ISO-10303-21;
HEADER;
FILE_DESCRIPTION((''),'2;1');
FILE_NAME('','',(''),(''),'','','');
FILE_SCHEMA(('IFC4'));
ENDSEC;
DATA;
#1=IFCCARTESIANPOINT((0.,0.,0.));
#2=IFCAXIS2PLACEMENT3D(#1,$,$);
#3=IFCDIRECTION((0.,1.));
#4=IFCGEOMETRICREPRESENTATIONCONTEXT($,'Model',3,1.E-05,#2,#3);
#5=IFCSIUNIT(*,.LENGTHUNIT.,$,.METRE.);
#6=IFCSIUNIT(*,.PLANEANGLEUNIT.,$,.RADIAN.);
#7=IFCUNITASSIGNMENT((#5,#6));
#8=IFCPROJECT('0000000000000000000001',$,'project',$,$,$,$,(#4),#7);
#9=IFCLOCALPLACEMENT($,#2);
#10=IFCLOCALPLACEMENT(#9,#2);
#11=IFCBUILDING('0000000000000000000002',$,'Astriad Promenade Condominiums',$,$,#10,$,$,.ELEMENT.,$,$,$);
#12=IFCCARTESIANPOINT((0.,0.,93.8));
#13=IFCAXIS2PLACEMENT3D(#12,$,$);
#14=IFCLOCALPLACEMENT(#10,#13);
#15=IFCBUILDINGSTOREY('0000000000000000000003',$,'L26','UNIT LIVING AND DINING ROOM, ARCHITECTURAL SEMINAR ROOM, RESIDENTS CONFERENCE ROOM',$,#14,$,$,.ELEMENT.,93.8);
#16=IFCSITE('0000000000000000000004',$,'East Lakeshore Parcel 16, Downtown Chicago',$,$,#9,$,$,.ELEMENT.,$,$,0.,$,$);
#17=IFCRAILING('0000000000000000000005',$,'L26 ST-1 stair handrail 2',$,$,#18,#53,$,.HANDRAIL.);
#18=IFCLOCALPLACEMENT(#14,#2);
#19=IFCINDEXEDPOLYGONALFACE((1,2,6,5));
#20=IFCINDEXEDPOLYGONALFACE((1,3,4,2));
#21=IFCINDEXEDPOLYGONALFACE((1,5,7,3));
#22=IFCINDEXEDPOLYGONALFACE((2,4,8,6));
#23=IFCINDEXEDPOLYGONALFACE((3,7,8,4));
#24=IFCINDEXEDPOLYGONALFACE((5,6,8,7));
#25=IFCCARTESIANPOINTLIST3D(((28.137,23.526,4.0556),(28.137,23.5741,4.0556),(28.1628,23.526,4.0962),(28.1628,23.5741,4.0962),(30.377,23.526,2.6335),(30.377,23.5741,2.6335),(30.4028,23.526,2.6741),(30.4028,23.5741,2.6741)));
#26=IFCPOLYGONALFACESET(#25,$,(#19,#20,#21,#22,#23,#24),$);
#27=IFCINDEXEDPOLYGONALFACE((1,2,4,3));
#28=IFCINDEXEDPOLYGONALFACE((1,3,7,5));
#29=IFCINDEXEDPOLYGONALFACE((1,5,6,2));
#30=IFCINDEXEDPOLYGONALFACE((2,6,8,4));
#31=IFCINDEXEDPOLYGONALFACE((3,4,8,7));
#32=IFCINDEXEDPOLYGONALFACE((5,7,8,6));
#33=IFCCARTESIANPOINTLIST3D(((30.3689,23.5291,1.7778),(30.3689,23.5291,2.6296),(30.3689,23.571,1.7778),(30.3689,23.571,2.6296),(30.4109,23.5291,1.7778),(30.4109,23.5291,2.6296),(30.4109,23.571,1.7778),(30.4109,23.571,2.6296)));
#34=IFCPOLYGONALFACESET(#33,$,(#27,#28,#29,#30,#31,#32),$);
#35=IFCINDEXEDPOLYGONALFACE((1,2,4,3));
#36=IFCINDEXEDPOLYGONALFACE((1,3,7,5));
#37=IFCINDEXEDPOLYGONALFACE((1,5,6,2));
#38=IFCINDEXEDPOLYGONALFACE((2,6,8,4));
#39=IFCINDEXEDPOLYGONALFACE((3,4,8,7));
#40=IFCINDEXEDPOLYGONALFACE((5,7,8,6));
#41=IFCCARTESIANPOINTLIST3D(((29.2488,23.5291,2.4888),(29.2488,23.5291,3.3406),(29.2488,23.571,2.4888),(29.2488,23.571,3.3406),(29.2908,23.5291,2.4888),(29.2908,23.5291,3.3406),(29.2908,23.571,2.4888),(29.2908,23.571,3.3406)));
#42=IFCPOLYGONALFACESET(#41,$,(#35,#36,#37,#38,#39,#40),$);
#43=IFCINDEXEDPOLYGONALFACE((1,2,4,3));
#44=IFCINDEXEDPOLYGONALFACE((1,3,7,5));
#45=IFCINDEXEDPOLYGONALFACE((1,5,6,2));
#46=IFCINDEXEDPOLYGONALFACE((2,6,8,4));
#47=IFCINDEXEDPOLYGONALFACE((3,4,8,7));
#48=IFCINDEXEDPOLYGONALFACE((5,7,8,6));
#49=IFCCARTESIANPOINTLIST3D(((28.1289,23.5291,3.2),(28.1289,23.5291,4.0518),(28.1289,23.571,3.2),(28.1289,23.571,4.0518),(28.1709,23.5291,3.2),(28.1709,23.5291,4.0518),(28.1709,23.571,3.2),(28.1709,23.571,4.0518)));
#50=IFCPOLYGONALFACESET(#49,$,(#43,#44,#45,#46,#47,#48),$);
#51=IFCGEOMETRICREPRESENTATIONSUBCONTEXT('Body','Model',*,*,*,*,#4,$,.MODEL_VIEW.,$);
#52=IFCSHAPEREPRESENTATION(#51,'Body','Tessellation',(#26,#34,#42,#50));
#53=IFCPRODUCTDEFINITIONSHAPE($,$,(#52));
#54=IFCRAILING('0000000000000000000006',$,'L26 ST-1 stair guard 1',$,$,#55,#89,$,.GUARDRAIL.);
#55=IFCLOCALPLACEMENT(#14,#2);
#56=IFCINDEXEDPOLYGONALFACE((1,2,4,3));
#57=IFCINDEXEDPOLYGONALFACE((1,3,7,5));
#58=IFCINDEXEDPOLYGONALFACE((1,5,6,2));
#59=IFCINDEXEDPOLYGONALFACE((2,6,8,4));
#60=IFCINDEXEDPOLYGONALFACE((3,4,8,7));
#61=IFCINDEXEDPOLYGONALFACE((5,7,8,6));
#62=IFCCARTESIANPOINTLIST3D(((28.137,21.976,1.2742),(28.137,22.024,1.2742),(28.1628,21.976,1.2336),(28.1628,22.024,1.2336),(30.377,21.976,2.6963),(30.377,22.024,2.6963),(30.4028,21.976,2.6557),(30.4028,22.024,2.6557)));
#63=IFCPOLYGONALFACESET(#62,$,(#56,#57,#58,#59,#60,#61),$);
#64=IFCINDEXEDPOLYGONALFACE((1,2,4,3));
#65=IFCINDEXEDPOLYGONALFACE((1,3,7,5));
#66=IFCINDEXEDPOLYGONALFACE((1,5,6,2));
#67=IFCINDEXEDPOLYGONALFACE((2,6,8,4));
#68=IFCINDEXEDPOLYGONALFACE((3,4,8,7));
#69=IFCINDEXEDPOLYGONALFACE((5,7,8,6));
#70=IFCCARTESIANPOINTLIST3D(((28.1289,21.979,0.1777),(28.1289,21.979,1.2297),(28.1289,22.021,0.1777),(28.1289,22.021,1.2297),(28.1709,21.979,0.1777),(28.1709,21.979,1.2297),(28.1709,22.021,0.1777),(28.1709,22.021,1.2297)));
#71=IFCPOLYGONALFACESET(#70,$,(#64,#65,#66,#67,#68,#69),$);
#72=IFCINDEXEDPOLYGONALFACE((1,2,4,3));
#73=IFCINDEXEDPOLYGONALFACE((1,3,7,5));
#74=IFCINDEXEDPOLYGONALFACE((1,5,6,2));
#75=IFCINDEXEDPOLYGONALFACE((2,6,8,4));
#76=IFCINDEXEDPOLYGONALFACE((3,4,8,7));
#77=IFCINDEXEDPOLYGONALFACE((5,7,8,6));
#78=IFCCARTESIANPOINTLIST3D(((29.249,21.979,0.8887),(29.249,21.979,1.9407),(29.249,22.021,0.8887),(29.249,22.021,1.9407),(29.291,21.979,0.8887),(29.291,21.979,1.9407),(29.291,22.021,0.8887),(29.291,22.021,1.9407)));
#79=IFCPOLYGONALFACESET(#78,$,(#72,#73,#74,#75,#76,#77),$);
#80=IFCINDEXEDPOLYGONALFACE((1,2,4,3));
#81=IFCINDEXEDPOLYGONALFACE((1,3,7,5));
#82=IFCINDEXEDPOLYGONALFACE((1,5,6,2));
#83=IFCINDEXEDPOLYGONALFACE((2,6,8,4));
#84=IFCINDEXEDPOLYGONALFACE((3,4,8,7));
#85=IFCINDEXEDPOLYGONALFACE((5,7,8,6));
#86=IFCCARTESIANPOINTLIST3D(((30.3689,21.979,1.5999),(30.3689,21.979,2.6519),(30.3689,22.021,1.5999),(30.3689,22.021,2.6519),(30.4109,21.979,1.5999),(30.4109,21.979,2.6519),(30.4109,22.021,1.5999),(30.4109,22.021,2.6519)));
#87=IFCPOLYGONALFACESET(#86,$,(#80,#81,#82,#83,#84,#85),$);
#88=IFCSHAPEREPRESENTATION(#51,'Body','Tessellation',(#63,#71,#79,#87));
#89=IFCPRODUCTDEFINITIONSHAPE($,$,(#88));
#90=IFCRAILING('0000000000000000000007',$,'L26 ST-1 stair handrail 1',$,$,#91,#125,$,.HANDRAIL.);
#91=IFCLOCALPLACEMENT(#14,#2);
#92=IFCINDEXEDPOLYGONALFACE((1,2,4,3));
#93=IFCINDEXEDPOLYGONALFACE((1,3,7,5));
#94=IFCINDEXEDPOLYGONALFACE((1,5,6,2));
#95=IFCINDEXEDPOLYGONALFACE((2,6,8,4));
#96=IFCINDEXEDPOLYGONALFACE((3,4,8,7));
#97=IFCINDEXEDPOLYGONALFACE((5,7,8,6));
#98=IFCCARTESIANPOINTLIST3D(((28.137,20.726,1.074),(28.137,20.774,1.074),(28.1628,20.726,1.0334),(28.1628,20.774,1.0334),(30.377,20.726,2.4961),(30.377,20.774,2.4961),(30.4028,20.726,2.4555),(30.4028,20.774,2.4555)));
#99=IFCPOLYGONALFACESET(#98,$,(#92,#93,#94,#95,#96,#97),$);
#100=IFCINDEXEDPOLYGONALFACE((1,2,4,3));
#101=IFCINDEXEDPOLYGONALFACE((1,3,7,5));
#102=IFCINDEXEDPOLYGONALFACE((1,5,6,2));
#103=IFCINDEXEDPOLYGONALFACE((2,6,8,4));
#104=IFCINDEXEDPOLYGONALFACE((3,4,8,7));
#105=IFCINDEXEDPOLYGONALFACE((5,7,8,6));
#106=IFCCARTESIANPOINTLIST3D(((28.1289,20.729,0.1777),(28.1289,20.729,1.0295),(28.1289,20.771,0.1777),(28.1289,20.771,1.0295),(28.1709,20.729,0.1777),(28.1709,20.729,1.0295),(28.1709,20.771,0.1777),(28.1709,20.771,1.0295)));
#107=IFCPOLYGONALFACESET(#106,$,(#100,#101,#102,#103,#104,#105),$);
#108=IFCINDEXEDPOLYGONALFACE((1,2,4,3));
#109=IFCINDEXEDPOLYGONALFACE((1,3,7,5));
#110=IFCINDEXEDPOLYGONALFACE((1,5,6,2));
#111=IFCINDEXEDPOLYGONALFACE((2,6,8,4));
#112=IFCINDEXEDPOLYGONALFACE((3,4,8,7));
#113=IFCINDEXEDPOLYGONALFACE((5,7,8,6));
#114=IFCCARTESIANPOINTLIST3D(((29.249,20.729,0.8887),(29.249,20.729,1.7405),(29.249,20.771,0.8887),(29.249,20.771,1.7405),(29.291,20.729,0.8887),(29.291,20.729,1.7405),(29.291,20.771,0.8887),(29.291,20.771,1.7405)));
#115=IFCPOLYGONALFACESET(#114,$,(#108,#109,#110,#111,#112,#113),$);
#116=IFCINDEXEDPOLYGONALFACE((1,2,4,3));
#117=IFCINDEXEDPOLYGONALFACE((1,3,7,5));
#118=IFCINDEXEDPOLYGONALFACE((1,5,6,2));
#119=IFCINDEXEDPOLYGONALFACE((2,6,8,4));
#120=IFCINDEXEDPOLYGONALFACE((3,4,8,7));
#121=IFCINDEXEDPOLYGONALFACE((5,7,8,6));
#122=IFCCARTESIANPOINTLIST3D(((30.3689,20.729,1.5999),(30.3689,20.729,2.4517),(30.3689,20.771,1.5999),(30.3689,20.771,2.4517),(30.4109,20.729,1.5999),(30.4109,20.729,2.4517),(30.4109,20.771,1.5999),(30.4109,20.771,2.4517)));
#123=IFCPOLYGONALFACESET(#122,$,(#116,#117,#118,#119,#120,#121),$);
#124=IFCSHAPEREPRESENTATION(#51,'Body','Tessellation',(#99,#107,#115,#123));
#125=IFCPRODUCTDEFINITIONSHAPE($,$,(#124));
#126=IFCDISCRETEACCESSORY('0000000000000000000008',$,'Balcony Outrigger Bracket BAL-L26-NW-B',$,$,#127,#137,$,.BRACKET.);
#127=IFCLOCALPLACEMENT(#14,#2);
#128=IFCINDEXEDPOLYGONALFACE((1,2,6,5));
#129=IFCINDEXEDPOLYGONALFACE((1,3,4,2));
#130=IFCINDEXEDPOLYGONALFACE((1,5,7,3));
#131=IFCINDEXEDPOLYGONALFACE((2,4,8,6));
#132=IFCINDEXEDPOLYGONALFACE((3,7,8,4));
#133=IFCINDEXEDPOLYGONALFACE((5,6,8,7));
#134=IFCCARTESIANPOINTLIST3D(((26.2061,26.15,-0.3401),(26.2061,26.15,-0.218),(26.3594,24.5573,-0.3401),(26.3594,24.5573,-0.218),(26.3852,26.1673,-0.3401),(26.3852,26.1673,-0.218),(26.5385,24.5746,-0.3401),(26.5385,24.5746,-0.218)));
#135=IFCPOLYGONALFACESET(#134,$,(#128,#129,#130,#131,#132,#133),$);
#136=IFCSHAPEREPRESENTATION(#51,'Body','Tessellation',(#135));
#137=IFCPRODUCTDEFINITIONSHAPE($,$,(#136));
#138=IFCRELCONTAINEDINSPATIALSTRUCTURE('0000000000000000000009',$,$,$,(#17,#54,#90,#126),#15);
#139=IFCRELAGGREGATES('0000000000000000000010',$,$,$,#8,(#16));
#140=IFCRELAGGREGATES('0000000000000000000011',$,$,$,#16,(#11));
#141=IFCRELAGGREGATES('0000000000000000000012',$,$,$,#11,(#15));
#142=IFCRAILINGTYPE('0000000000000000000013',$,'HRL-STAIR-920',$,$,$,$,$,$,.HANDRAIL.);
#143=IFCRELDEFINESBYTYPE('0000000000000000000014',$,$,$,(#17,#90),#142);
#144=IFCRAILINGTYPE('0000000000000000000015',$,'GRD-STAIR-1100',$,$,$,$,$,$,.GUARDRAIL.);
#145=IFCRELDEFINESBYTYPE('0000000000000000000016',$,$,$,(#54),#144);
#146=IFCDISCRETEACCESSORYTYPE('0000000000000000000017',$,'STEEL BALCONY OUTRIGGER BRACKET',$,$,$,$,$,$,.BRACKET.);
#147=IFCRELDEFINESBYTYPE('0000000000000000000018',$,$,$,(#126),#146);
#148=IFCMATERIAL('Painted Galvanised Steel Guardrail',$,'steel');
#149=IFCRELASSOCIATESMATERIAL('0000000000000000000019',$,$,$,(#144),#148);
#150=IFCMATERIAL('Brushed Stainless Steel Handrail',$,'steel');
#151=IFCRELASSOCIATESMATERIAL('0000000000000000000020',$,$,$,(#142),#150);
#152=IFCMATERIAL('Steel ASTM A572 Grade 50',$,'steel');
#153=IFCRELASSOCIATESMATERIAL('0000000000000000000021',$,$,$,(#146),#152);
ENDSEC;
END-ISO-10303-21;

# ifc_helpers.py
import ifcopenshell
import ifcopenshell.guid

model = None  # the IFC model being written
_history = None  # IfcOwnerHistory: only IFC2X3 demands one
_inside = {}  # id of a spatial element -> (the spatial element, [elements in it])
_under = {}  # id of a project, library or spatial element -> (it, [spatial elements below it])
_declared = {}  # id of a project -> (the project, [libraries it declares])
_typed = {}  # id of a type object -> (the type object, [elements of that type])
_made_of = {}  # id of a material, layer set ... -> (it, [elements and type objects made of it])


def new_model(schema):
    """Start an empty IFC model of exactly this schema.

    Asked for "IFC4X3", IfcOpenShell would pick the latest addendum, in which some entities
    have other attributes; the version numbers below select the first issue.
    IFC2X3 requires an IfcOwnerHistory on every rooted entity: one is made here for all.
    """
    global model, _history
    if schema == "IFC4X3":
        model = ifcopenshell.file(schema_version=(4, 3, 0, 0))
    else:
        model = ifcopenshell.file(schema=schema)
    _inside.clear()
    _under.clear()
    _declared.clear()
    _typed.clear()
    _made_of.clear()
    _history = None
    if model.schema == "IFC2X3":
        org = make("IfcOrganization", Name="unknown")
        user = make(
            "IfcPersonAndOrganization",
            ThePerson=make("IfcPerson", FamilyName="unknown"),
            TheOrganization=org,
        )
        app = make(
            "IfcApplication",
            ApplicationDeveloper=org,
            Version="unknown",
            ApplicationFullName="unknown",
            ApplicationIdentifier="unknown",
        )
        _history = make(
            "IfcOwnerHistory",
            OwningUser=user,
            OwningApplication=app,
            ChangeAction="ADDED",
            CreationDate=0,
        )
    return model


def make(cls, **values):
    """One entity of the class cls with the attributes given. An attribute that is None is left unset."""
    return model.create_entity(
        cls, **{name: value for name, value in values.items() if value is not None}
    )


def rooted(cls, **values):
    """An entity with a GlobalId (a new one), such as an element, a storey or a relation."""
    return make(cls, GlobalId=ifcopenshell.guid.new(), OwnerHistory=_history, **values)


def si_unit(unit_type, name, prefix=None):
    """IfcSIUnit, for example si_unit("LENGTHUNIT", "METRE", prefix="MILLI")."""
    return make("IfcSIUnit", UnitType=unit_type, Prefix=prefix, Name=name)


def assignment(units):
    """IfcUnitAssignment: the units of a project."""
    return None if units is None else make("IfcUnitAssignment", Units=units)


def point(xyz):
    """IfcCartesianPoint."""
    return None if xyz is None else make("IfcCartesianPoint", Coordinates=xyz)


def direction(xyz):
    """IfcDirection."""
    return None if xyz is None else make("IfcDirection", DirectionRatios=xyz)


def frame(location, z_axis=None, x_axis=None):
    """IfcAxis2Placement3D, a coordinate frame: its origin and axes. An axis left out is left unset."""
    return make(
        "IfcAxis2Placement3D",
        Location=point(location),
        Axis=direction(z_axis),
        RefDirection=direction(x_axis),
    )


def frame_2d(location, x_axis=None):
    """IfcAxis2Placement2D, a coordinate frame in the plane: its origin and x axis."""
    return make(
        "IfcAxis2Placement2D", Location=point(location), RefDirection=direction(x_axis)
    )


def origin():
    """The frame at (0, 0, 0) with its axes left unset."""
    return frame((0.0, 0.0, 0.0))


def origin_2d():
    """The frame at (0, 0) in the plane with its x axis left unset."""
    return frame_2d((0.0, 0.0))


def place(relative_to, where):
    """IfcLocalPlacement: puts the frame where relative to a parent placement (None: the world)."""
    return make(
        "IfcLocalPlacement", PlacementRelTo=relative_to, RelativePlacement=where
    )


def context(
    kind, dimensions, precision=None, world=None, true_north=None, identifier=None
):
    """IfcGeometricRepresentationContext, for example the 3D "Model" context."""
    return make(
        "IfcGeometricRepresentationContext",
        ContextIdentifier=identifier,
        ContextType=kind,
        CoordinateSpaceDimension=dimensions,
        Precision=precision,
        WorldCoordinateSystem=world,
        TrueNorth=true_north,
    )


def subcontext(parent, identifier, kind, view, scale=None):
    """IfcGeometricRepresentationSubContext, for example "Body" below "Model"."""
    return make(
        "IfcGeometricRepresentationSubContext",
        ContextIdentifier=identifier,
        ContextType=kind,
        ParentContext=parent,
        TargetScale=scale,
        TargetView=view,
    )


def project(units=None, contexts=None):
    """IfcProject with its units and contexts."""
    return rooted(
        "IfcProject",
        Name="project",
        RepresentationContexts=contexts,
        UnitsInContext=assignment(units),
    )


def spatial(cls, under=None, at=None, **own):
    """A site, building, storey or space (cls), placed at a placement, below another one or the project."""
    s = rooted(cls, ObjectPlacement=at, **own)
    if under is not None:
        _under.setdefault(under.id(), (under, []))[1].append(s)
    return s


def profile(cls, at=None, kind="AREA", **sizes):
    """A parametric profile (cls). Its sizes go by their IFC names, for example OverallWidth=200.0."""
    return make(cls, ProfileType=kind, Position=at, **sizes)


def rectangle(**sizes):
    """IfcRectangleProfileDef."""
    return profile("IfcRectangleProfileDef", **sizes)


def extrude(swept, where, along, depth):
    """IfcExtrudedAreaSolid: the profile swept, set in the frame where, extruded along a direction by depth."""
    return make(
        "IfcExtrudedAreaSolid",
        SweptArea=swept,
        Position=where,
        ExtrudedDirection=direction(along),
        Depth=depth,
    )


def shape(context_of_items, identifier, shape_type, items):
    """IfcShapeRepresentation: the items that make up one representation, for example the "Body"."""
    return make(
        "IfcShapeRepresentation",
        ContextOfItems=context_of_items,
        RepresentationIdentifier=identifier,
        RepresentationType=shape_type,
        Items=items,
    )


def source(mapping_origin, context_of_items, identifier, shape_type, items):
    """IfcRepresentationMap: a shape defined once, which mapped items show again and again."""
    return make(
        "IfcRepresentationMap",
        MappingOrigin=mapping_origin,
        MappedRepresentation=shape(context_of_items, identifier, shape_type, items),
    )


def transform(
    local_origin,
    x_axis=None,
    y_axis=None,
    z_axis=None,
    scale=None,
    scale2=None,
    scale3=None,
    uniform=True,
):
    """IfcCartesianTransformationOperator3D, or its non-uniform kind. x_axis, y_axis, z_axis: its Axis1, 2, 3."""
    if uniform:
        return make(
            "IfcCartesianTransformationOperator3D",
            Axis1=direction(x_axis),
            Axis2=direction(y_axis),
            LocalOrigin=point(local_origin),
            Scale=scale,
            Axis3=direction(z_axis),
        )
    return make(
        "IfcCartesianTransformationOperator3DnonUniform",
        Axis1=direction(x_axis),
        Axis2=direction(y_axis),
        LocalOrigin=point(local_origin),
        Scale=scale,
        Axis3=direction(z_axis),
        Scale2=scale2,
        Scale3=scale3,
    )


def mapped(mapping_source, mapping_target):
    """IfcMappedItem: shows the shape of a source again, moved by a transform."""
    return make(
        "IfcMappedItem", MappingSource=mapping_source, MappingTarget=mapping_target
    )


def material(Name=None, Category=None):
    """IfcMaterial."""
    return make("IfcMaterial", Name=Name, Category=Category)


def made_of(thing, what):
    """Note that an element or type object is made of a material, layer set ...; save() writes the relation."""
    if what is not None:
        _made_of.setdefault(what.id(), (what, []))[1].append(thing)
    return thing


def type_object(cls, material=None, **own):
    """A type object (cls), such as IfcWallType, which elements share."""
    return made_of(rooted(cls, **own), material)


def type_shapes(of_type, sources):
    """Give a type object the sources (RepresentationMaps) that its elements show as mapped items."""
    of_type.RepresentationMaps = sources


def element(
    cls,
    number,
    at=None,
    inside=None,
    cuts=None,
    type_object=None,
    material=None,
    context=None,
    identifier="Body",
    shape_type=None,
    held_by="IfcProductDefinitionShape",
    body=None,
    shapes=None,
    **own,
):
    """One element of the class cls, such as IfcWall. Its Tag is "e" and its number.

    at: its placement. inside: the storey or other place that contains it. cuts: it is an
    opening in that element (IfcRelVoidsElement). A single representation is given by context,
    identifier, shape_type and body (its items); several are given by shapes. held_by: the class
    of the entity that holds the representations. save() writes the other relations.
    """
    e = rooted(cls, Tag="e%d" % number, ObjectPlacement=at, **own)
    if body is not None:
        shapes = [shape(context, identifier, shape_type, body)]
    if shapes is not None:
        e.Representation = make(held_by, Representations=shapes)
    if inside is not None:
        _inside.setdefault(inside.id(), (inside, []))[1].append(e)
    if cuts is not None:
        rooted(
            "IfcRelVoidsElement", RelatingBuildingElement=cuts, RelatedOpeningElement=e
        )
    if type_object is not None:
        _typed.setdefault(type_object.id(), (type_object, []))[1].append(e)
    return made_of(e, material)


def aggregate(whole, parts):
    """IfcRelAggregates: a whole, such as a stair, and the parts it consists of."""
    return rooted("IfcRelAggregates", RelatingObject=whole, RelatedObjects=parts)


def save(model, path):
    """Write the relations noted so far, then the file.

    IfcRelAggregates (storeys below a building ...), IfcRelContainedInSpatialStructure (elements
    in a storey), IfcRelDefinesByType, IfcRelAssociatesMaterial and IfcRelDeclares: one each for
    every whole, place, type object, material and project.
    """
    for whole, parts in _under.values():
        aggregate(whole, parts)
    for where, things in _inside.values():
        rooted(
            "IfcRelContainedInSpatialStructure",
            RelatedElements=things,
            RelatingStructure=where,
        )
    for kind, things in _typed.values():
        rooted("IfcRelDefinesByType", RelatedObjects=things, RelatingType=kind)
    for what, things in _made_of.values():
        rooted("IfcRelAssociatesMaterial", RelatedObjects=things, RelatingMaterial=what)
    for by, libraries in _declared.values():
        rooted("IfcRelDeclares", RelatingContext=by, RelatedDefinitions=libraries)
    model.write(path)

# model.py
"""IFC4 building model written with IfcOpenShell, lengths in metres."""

from ifc_helpers import new_model, si_unit, direction, frame, origin, origin_2d, place, context, subcontext, project, spatial, rectangle, extrude, source, transform, mapped, material, type_object, type_shapes, element, save


model = new_model("IFC4")

# Units and contexts
model_context = context("Model", 3, precision=1e-05, world=origin(), true_north=direction((0.0, 1.0)))
body_context = subcontext(model_context, "Body", "Model", "MODEL_VIEW")
ifc_project = project(units=[si_unit("LENGTHUNIT", "METRE"), si_unit("PLANEANGLEUNIT", "RADIAN")], contexts=[model_context])

# Site, building, storey
site_placement = place(None, origin())
site = spatial("IfcSite", under=ifc_project, at=site_placement, Name="East Lakeshore Parcel 16, Downtown Chicago", CompositionType="ELEMENT", RefElevation=0.0)
building_placement = place(site_placement, origin())
building = spatial("IfcBuilding", under=site, at=building_placement, Name="Astriad Promenade Condominiums", CompositionType="ELEMENT")
storey_placement = place(building_placement, frame((0.0, 0.0, 93.8)))
storey = spatial("IfcBuildingStorey", under=building, at=storey_placement, Name="L26", Description="UNIT LIVING AND DINING ROOM, ARCHITECTURAL SEMINAR ROOM, RESIDENTS CONFERENCE ROOM", CompositionType="ELEMENT", Elevation=93.8)

# Railings
ifc_material_1 = material(Name="Painted Galvanised Steel Guardrail", Category="steel")
railing_type_1 = type_object("IfcRailingType", Name="GRD-STAIR-1100", PredefinedType="GUARDRAIL", material=ifc_material_1)
ifc_material_2 = material(Name="Brushed Stainless Steel Handrail", Category="steel")
railing_type_2 = type_object("IfcRailingType", Name="HRL-STAIR-920", PredefinedType="HANDRAIL", material=ifc_material_2)
shared_shape_1 = source(origin(), body_context, "Body", "SweptSolid", [
    extrude(rectangle(XDim=0.0481, YDim=0.0481, at=origin_2d()), frame((0.0, 0.0, 0.876), z_axis=(-0.844229, 0.0, 0.535982), x_axis=(0.0, -1.0, 0.0)), (0.0, 0.0, 1.0), 2.6533),
    extrude(rectangle(XDim=0.042, YDim=0.042, at=origin_2d()), origin(), (0.0, 0.0, 1.0), 0.8518),
    extrude(rectangle(XDim=0.042, YDim=0.042, at=origin_2d()), frame((-1.1201, 0.0, 0.7109)), (0.0, 0.0, 1.0), 0.8518),
    extrude(rectangle(XDim=0.042, YDim=0.042, at=origin_2d()), frame((-2.24, 0.0, 1.4221)), (0.0, 0.0, 1.0), 0.8518),
])
railing_1_placement = place(storey_placement, frame((30.3899, 23.55, 1.7778)))
element("IfcRailing", 1, at=railing_1_placement, inside=storey, type_object=railing_type_2, Name="L26 ST-1 stair handrail 2", PredefinedType="HANDRAIL", context=body_context, shape_type="MappedRepresentation", body=[
    mapped(shared_shape_1, transform((0.0, 0.0, 0.0), scale=1.0)),
])
shared_shape_2 = source(origin(), body_context, "Body", "SweptSolid", [
    extrude(rectangle(XDim=0.0481, YDim=0.0481, at=origin_2d()), frame((0.0, 0.0, 1.0762), z_axis=(0.844229, 0.0, 0.535982), x_axis=(0.0, 1.0, 0.0)), (0.0, 0.0, 1.0), 2.6533),
    extrude(rectangle(XDim=0.042, YDim=0.042, at=origin_2d()), origin(), (0.0, 0.0, 1.0), 1.052),
    extrude(rectangle(XDim=0.042, YDim=0.042, at=origin_2d()), frame((1.1201, 0.0, 0.7109)), (0.0, 0.0, 1.0), 1.052),
    extrude(rectangle(XDim=0.042, YDim=0.042, at=origin_2d()), frame((2.24, 0.0, 1.4221)), (0.0, 0.0, 1.0), 1.052),
])
railing_2_placement = place(storey_placement, frame((28.1499, 22.0, 0.1777)))
element("IfcRailing", 2, at=railing_2_placement, inside=storey, type_object=railing_type_1, Name="L26 ST-1 stair guard 1", PredefinedType="GUARDRAIL", context=body_context, shape_type="MappedRepresentation", body=[
    mapped(shared_shape_2, transform((0.0, 0.0, 0.0), scale=1.0)),
])
shared_shape_3 = source(origin(), body_context, "Body", "SweptSolid", [
    extrude(rectangle(XDim=0.0481, YDim=0.0481, at=origin_2d()), frame((0.0, 0.0, 0.876), z_axis=(0.844229, 0.0, 0.535982), x_axis=(0.0, 1.0, 0.0)), (0.0, 0.0, 1.0), 2.6533),
    extrude(rectangle(XDim=0.042, YDim=0.042, at=origin_2d()), origin(), (0.0, 0.0, 1.0), 0.8518),
    extrude(rectangle(XDim=0.042, YDim=0.042, at=origin_2d()), frame((1.1201, 0.0, 0.7109)), (0.0, 0.0, 1.0), 0.8518),
    extrude(rectangle(XDim=0.042, YDim=0.042, at=origin_2d()), frame((2.24, 0.0, 1.4221)), (0.0, 0.0, 1.0), 0.8518),
])
type_shapes(railing_type_2, [shared_shape_1, shared_shape_3])
railing_3_placement = place(storey_placement, frame((28.1499, 20.75, 0.1777)))
element("IfcRailing", 3, at=railing_3_placement, inside=storey, type_object=railing_type_2, Name="L26 ST-1 stair handrail 1", PredefinedType="HANDRAIL", context=body_context, shape_type="MappedRepresentation", body=[
    mapped(shared_shape_3, transform((0.0, 0.0, 0.0), scale=1.0)),
])

# Discrete accessory
ifc_material_3 = material(Name="Steel ASTM A572 Grade 50", Category="steel")
discrete_accessory_type = type_object("IfcDiscreteAccessoryType", Name="STEEL BALCONY OUTRIGGER BRACKET", PredefinedType="BRACKET", material=ifc_material_3)
shared_shape_4 = source(origin(), body_context, "Body", "SweptSolid", [
    extrude(rectangle(XDim=1.6001, YDim=0.1799, at=origin_2d()), origin(), (0.0, 0.0, 1.0), 0.1221),
])
type_shapes(discrete_accessory_type, [shared_shape_4])
discrete_accessory_placement = place(storey_placement, frame((26.3723, 25.3623, -0.3401), z_axis=(0.0, 0.0, 1.0), x_axis=(-0.095846, 0.995396, 0.0)))
element("IfcDiscreteAccessory", 4, at=discrete_accessory_placement, inside=storey, type_object=discrete_accessory_type, Name="Balcony Outrigger Bracket BAL-L26-NW-B", PredefinedType="BRACKET", context=body_context, shape_type="MappedRepresentation", body=[
    mapped(shared_shape_4, transform((0.0, 0.0, 0.0), scale=1.0)),
])

save(model, "model.ifc")
